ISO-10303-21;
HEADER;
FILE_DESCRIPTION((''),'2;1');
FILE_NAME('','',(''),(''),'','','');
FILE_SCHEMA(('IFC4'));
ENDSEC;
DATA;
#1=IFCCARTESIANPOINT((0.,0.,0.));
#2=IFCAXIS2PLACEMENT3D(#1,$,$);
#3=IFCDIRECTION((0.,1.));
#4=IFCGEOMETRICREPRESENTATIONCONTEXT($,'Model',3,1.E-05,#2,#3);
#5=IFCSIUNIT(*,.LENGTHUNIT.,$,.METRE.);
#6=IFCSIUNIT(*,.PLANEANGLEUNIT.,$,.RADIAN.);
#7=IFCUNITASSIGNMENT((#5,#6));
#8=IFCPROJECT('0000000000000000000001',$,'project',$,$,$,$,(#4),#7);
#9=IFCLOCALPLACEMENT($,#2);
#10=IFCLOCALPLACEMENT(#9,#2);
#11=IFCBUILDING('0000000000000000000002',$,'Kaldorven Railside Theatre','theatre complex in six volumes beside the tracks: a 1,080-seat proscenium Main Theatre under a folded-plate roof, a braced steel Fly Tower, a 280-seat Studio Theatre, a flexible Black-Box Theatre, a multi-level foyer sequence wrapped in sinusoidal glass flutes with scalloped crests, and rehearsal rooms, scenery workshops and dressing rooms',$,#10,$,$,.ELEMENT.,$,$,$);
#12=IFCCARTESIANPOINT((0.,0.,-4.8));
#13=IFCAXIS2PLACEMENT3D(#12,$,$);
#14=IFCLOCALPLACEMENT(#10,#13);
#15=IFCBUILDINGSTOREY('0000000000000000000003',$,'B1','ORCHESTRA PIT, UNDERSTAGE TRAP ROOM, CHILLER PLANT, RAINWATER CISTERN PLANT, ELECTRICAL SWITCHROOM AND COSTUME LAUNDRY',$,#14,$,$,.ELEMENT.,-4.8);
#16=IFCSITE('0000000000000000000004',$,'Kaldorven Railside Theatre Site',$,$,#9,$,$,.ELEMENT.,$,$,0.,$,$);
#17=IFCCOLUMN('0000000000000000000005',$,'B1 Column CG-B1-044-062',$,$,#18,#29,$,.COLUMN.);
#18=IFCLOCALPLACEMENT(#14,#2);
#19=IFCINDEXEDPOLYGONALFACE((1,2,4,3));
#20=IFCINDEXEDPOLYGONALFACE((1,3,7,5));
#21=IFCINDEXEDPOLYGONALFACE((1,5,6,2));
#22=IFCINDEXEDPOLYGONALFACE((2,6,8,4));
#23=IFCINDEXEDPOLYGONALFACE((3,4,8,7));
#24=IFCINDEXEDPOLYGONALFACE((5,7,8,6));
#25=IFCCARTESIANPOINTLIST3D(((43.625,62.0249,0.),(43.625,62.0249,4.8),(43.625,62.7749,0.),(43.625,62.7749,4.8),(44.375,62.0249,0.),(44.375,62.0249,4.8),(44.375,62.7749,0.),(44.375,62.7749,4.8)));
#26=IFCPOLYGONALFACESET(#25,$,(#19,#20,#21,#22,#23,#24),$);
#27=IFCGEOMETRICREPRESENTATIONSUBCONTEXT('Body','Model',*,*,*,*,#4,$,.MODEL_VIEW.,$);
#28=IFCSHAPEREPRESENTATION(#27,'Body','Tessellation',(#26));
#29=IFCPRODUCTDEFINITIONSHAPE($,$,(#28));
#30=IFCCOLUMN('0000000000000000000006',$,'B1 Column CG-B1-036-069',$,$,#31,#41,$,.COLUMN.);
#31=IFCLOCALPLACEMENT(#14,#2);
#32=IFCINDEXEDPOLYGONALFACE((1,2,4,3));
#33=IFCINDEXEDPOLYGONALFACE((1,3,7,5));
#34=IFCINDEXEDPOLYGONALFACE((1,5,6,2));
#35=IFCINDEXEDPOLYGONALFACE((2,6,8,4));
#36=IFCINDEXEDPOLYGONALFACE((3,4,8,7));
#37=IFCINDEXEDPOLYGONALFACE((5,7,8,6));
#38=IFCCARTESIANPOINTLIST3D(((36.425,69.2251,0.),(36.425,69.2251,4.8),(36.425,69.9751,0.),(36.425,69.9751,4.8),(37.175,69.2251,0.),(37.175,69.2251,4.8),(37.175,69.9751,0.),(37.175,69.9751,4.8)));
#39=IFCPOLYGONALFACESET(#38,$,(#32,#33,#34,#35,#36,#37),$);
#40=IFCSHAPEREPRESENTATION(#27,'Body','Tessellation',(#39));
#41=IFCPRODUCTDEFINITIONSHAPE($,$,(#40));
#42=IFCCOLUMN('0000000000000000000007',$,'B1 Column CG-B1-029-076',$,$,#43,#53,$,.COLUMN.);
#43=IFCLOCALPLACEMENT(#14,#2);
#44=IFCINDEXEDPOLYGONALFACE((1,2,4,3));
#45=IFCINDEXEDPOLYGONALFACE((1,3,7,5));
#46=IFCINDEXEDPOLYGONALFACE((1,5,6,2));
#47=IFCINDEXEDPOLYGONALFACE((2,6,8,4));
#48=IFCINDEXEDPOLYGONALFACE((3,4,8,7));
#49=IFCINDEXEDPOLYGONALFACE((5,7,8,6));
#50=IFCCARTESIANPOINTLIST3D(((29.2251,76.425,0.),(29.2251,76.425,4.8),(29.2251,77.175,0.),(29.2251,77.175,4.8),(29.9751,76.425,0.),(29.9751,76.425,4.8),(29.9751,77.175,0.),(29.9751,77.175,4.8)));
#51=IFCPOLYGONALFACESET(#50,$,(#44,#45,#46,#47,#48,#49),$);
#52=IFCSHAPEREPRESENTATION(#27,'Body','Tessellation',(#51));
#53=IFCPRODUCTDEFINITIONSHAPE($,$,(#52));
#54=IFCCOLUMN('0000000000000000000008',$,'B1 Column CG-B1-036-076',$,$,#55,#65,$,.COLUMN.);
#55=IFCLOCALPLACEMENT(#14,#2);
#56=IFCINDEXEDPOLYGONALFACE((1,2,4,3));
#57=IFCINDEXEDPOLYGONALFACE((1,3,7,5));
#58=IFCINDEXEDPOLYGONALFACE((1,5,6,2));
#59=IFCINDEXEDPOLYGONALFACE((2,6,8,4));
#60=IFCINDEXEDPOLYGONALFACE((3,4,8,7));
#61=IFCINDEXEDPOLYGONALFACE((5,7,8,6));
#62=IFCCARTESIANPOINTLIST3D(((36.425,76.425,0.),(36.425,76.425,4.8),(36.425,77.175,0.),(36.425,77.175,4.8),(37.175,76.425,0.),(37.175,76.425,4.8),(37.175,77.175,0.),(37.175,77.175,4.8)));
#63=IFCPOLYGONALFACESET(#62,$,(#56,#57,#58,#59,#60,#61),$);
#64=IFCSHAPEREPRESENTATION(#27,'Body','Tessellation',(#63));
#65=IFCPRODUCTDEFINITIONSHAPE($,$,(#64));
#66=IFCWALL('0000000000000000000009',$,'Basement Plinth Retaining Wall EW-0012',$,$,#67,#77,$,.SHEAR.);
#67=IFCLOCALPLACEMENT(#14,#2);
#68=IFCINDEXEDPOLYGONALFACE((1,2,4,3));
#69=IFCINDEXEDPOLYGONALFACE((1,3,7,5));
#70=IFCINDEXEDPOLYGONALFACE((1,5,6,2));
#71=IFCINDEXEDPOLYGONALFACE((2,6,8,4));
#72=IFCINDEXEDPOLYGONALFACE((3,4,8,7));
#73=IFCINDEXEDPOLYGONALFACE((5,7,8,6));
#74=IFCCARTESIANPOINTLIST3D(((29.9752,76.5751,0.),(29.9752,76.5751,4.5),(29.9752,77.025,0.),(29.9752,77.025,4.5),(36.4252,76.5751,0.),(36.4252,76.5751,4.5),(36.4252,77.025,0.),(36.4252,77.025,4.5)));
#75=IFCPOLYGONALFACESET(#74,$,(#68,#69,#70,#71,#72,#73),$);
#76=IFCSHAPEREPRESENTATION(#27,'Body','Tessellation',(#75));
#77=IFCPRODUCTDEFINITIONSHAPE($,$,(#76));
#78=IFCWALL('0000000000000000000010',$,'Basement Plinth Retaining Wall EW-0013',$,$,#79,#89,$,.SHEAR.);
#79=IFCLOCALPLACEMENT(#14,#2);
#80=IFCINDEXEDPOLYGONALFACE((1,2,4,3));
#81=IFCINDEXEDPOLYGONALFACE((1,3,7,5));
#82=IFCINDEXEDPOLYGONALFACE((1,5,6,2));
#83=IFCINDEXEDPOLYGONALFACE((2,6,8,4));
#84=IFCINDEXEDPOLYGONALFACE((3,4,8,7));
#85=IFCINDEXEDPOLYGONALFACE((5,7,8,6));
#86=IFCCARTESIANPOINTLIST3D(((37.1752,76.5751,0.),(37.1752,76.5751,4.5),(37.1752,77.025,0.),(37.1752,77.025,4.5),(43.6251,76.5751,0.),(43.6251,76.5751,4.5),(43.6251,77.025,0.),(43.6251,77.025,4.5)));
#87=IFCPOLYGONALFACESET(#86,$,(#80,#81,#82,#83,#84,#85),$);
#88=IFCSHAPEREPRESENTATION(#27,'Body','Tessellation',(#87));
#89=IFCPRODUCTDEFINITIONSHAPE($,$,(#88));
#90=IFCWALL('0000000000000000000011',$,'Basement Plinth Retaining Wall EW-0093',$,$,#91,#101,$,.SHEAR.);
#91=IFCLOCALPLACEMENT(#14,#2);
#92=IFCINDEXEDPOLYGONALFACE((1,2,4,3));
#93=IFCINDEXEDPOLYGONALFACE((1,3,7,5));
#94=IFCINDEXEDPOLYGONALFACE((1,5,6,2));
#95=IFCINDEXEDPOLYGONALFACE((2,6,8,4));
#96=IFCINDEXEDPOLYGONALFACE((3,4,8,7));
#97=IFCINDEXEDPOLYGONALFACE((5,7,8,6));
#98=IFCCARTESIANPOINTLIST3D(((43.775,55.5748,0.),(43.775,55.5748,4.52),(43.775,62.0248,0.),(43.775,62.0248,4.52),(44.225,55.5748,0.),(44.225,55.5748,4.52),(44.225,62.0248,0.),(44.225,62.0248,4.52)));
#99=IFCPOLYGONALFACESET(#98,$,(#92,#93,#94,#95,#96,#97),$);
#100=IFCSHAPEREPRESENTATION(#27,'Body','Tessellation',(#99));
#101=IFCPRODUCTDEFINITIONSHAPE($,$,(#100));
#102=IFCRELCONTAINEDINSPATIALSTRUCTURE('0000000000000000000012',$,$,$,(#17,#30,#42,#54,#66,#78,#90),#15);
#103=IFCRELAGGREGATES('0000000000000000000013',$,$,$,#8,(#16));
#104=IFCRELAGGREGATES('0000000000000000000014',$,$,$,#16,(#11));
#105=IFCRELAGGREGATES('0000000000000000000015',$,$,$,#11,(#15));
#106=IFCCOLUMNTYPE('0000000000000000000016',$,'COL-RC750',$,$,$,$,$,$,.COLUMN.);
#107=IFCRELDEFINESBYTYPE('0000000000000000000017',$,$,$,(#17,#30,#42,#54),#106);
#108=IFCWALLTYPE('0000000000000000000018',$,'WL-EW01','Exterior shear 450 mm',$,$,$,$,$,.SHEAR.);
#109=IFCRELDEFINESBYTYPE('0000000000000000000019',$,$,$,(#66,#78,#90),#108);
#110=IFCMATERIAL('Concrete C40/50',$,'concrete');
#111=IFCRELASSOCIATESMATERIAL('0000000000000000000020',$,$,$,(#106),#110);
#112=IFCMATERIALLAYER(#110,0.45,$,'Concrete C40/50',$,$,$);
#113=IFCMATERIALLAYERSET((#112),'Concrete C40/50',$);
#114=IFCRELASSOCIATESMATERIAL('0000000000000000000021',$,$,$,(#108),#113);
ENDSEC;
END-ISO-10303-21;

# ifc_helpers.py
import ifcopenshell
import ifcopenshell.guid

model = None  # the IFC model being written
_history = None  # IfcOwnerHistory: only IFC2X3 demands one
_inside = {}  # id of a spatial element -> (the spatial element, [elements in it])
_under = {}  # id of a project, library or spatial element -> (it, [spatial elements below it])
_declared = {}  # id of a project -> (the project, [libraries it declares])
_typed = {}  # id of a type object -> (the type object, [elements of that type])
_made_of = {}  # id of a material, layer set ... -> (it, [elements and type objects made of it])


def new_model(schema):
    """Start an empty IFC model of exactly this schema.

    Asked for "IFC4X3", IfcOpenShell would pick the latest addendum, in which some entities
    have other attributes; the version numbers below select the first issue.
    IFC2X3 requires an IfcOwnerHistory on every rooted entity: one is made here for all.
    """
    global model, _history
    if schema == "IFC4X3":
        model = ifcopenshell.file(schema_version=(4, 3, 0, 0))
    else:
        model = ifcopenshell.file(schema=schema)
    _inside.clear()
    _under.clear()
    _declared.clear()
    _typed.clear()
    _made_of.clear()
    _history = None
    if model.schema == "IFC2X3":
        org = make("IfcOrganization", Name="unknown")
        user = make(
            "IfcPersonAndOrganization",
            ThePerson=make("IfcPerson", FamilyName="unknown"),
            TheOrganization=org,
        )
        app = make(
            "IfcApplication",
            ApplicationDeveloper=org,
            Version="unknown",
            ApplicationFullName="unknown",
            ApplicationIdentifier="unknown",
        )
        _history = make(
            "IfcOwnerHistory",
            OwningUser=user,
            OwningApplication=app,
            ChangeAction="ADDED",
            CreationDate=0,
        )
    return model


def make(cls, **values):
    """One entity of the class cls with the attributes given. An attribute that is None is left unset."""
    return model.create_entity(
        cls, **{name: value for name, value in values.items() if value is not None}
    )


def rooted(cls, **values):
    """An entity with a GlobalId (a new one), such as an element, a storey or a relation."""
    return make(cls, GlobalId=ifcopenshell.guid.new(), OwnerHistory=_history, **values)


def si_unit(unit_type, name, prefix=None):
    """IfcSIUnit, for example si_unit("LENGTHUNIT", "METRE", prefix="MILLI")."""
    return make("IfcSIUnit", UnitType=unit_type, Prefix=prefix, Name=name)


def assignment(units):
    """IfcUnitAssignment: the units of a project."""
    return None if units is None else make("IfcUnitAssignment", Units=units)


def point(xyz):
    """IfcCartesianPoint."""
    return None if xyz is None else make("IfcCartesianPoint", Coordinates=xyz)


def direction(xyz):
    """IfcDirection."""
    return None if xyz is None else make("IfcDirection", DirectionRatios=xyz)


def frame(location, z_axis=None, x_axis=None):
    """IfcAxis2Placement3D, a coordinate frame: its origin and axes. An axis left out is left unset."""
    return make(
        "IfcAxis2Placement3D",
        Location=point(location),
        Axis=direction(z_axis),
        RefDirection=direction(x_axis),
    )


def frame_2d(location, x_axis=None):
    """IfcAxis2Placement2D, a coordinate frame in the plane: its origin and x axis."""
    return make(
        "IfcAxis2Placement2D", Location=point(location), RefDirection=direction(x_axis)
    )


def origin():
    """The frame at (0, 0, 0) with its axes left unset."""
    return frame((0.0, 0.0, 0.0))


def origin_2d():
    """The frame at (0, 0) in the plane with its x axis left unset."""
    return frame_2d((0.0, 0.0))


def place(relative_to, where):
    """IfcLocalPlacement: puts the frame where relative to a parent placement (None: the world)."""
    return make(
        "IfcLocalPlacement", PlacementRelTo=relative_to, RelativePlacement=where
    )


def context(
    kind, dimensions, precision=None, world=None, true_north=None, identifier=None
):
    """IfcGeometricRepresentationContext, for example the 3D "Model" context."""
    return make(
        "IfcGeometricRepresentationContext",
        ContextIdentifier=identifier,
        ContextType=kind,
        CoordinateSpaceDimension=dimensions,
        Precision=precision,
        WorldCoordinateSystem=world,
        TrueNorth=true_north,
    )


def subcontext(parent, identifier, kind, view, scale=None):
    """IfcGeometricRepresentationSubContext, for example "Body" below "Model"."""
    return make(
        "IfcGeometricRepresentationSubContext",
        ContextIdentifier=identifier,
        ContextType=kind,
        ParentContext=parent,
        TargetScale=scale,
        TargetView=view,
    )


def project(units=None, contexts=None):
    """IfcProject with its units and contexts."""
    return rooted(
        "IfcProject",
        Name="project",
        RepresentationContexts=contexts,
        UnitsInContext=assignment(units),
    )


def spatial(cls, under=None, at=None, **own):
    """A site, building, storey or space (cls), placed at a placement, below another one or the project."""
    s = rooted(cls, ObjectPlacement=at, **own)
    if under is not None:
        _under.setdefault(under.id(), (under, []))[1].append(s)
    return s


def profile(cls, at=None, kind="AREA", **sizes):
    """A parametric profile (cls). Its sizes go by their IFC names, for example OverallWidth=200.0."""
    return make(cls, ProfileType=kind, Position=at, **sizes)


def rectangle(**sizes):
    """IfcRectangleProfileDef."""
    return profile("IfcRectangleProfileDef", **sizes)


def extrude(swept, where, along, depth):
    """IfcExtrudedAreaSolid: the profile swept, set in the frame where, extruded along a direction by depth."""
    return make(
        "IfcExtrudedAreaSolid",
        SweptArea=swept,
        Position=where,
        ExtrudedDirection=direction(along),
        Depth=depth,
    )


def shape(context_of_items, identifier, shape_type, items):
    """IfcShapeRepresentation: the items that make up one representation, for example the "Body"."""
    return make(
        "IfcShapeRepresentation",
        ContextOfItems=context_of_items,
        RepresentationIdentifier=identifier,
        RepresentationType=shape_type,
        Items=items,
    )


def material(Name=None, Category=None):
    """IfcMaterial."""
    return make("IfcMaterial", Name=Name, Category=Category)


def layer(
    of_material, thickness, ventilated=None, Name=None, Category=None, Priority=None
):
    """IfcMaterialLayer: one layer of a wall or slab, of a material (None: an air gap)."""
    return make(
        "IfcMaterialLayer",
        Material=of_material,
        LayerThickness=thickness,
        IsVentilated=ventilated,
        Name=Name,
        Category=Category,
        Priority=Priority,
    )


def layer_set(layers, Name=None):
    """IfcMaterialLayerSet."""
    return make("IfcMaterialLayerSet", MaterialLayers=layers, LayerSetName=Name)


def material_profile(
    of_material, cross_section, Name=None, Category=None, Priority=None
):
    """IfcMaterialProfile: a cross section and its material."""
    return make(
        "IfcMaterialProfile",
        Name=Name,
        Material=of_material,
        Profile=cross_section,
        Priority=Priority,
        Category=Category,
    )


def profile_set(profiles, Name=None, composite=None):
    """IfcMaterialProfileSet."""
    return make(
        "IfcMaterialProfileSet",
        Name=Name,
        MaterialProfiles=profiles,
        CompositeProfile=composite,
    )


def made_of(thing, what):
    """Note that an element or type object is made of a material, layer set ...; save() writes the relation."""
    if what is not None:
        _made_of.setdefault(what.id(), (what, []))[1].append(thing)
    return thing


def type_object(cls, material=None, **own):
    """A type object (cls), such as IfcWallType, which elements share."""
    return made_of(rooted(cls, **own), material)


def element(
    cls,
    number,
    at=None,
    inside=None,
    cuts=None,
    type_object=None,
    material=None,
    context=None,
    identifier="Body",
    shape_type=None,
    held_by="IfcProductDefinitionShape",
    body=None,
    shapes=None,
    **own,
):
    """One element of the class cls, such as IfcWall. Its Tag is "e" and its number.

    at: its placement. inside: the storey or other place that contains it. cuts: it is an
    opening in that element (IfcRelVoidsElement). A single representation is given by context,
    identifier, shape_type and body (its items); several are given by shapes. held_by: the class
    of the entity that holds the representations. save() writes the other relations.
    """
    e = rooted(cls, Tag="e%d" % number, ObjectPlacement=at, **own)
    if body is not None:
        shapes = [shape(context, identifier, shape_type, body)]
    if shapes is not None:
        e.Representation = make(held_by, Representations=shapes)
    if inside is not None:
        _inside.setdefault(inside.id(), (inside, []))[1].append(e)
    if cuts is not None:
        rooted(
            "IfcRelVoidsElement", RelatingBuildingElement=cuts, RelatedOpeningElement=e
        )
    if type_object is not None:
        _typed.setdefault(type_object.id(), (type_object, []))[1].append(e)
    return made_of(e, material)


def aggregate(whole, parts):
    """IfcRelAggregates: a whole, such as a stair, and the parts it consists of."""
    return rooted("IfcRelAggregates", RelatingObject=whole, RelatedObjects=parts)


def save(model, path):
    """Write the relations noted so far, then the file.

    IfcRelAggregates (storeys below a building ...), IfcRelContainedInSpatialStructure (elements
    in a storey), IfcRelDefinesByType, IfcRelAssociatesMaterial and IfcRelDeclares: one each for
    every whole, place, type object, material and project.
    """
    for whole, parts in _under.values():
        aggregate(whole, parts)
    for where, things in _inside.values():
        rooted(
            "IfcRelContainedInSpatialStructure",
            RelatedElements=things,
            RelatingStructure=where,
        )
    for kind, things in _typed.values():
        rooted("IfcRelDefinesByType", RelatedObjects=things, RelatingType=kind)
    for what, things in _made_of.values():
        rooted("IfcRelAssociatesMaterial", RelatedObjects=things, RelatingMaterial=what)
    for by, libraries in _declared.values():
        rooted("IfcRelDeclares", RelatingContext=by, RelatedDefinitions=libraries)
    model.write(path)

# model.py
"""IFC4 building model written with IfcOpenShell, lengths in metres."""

from ifc_helpers import new_model, si_unit, direction, frame, frame_2d, origin, origin_2d, place, context, subcontext, project, spatial, rectangle, extrude, material, layer, layer_set, material_profile, profile_set, type_object, element, save


model = new_model("IFC4")

# Units and contexts
model_context = context("Model", 3, precision=1e-05, world=origin(), true_north=direction((0.0, 1.0)))
body_context = subcontext(model_context, "Body", "Model", "MODEL_VIEW")
ifc_project = project(units=[si_unit("LENGTHUNIT", "METRE"), si_unit("PLANEANGLEUNIT", "RADIAN")], contexts=[model_context])

# Site, building, storey
site_placement = place(None, origin())
site = spatial("IfcSite", under=ifc_project, at=site_placement, Name="Kaldorven Railside Theatre Site", CompositionType="ELEMENT", RefElevation=0.0)
building_placement = place(site_placement, origin())
building = spatial("IfcBuilding", under=site, at=building_placement, Name="Kaldorven Railside Theatre", Description="theatre complex in six volumes beside the tracks: a 1,080-seat proscenium Main Theatre under a folded-plate roof, a braced steel Fly Tower, a 280-seat Studio Theatre, a flexible Black-Box Theatre, a multi-level foyer sequence wrapped in sinusoidal glass flutes with scalloped crests, and rehearsal rooms, scenery workshops and dressing rooms", CompositionType="ELEMENT")
storey_placement = place(building_placement, frame((0.0, 0.0, -4.8)))
storey = spatial("IfcBuildingStorey", under=building, at=storey_placement, Name="B1", Description="ORCHESTRA PIT, UNDERSTAGE TRAP ROOM, CHILLER PLANT, RAINWATER CISTERN PLANT, ELECTRICAL SWITCHROOM AND COSTUME LAUNDRY", CompositionType="ELEMENT", Elevation=-4.8)

# Shared definitions
ifc_material_1 = material(Name="Concrete C40/50", Category="concrete")

# Columns
ifc_material_profile_1 = material_profile(ifc_material_1, rectangle(XDim=0.75, YDim=0.75, at=origin_2d()), Name="RC 750x750")
ifc_profile_set_1 = profile_set([ifc_material_profile_1], Name="Concrete C40/50")
column_type = type_object("IfcColumnType", Name="COL-RC750", PredefinedType="COLUMN", material=ifc_profile_set_1)
for number, where, z_axis, x_axis, name in (
    (1, (44.0, 62.3999, 0.0), (0.0, 0.0, 1.0), (1.0, 0.0, 0.0), "B1 Column CG-B1-044-062"),
    (2, (36.8, 69.6001, 0.0), (0.0, 0.0, 1.0), (1.0, 0.0, 0.0), "B1 Column CG-B1-036-069"),
    (3, (29.6001, 76.8, 0.0), (0.0, 0.0, 1.0), (1.0, 0.0, 0.0), "B1 Column CG-B1-029-076"),
    (4, (36.8, 76.8, 0.0), (0.0, 0.0, 1.0), (0.0, 1.0, 0.0), "B1 Column CG-B1-036-076"),
):
    element("IfcColumn", number, at=place(storey_placement, frame(where, z_axis=z_axis, x_axis=x_axis)), inside=storey, type_object=column_type, Name=name, PredefinedType="COLUMN", context=body_context, shape_type="SweptSolid", body=[
        extrude(rectangle(XDim=0.75, YDim=0.75, at=origin_2d()), origin(), (0.0, 0.0, 1.0), 4.8),
    ])

# Walls
ifc_layer = layer(ifc_material_1, 0.45, Name="Concrete C40/50")
ifc_layer_set = layer_set([ifc_layer], Name="Concrete C40/50")
wall_type = type_object("IfcWallType", Name="WL-EW01", Description="Exterior shear 450 mm", PredefinedType="SHEAR", material=ifc_layer_set)
for number, where, z_axis, x_axis, name in (
    (5, (29.9751, 76.8, 0.0), (0.0, 0.0, 1.0), (1.0, 0.0, 0.0), "Basement Plinth Retaining Wall EW-0012"),
    (6, (37.175, 76.8, 0.0), (0.0, 0.0, 1.0), (1.0, 0.0, 0.0), "Basement Plinth Retaining Wall EW-0013"),
):
    element("IfcWall", number, at=place(storey_placement, frame(where, z_axis=z_axis, x_axis=x_axis)), inside=storey, type_object=wall_type, Name=name, PredefinedType="SHEAR", context=body_context, shape_type="SweptSolid", body=[
        extrude(rectangle(XDim=6.45, YDim=0.45, at=frame_2d((3.2251, 0.0))), origin(), (0.0, 0.0, 1.0), 4.5),
    ])
wall_placement = place(storey_placement, frame((44.0, 62.0249, 0.0), z_axis=(0.0, 0.0, 1.0), x_axis=(0.0, -1.0, 0.0)))
element("IfcWall", 7, at=wall_placement, inside=storey, type_object=wall_type, Name="Basement Plinth Retaining Wall EW-0093", PredefinedType="SHEAR", context=body_context, shape_type="SweptSolid", body=[
    extrude(rectangle(XDim=6.45, YDim=0.45, at=frame_2d((3.2251, 0.0))), origin(), (0.0, 0.0, 1.0), 4.52),
])

save(model, "model.ifc")
